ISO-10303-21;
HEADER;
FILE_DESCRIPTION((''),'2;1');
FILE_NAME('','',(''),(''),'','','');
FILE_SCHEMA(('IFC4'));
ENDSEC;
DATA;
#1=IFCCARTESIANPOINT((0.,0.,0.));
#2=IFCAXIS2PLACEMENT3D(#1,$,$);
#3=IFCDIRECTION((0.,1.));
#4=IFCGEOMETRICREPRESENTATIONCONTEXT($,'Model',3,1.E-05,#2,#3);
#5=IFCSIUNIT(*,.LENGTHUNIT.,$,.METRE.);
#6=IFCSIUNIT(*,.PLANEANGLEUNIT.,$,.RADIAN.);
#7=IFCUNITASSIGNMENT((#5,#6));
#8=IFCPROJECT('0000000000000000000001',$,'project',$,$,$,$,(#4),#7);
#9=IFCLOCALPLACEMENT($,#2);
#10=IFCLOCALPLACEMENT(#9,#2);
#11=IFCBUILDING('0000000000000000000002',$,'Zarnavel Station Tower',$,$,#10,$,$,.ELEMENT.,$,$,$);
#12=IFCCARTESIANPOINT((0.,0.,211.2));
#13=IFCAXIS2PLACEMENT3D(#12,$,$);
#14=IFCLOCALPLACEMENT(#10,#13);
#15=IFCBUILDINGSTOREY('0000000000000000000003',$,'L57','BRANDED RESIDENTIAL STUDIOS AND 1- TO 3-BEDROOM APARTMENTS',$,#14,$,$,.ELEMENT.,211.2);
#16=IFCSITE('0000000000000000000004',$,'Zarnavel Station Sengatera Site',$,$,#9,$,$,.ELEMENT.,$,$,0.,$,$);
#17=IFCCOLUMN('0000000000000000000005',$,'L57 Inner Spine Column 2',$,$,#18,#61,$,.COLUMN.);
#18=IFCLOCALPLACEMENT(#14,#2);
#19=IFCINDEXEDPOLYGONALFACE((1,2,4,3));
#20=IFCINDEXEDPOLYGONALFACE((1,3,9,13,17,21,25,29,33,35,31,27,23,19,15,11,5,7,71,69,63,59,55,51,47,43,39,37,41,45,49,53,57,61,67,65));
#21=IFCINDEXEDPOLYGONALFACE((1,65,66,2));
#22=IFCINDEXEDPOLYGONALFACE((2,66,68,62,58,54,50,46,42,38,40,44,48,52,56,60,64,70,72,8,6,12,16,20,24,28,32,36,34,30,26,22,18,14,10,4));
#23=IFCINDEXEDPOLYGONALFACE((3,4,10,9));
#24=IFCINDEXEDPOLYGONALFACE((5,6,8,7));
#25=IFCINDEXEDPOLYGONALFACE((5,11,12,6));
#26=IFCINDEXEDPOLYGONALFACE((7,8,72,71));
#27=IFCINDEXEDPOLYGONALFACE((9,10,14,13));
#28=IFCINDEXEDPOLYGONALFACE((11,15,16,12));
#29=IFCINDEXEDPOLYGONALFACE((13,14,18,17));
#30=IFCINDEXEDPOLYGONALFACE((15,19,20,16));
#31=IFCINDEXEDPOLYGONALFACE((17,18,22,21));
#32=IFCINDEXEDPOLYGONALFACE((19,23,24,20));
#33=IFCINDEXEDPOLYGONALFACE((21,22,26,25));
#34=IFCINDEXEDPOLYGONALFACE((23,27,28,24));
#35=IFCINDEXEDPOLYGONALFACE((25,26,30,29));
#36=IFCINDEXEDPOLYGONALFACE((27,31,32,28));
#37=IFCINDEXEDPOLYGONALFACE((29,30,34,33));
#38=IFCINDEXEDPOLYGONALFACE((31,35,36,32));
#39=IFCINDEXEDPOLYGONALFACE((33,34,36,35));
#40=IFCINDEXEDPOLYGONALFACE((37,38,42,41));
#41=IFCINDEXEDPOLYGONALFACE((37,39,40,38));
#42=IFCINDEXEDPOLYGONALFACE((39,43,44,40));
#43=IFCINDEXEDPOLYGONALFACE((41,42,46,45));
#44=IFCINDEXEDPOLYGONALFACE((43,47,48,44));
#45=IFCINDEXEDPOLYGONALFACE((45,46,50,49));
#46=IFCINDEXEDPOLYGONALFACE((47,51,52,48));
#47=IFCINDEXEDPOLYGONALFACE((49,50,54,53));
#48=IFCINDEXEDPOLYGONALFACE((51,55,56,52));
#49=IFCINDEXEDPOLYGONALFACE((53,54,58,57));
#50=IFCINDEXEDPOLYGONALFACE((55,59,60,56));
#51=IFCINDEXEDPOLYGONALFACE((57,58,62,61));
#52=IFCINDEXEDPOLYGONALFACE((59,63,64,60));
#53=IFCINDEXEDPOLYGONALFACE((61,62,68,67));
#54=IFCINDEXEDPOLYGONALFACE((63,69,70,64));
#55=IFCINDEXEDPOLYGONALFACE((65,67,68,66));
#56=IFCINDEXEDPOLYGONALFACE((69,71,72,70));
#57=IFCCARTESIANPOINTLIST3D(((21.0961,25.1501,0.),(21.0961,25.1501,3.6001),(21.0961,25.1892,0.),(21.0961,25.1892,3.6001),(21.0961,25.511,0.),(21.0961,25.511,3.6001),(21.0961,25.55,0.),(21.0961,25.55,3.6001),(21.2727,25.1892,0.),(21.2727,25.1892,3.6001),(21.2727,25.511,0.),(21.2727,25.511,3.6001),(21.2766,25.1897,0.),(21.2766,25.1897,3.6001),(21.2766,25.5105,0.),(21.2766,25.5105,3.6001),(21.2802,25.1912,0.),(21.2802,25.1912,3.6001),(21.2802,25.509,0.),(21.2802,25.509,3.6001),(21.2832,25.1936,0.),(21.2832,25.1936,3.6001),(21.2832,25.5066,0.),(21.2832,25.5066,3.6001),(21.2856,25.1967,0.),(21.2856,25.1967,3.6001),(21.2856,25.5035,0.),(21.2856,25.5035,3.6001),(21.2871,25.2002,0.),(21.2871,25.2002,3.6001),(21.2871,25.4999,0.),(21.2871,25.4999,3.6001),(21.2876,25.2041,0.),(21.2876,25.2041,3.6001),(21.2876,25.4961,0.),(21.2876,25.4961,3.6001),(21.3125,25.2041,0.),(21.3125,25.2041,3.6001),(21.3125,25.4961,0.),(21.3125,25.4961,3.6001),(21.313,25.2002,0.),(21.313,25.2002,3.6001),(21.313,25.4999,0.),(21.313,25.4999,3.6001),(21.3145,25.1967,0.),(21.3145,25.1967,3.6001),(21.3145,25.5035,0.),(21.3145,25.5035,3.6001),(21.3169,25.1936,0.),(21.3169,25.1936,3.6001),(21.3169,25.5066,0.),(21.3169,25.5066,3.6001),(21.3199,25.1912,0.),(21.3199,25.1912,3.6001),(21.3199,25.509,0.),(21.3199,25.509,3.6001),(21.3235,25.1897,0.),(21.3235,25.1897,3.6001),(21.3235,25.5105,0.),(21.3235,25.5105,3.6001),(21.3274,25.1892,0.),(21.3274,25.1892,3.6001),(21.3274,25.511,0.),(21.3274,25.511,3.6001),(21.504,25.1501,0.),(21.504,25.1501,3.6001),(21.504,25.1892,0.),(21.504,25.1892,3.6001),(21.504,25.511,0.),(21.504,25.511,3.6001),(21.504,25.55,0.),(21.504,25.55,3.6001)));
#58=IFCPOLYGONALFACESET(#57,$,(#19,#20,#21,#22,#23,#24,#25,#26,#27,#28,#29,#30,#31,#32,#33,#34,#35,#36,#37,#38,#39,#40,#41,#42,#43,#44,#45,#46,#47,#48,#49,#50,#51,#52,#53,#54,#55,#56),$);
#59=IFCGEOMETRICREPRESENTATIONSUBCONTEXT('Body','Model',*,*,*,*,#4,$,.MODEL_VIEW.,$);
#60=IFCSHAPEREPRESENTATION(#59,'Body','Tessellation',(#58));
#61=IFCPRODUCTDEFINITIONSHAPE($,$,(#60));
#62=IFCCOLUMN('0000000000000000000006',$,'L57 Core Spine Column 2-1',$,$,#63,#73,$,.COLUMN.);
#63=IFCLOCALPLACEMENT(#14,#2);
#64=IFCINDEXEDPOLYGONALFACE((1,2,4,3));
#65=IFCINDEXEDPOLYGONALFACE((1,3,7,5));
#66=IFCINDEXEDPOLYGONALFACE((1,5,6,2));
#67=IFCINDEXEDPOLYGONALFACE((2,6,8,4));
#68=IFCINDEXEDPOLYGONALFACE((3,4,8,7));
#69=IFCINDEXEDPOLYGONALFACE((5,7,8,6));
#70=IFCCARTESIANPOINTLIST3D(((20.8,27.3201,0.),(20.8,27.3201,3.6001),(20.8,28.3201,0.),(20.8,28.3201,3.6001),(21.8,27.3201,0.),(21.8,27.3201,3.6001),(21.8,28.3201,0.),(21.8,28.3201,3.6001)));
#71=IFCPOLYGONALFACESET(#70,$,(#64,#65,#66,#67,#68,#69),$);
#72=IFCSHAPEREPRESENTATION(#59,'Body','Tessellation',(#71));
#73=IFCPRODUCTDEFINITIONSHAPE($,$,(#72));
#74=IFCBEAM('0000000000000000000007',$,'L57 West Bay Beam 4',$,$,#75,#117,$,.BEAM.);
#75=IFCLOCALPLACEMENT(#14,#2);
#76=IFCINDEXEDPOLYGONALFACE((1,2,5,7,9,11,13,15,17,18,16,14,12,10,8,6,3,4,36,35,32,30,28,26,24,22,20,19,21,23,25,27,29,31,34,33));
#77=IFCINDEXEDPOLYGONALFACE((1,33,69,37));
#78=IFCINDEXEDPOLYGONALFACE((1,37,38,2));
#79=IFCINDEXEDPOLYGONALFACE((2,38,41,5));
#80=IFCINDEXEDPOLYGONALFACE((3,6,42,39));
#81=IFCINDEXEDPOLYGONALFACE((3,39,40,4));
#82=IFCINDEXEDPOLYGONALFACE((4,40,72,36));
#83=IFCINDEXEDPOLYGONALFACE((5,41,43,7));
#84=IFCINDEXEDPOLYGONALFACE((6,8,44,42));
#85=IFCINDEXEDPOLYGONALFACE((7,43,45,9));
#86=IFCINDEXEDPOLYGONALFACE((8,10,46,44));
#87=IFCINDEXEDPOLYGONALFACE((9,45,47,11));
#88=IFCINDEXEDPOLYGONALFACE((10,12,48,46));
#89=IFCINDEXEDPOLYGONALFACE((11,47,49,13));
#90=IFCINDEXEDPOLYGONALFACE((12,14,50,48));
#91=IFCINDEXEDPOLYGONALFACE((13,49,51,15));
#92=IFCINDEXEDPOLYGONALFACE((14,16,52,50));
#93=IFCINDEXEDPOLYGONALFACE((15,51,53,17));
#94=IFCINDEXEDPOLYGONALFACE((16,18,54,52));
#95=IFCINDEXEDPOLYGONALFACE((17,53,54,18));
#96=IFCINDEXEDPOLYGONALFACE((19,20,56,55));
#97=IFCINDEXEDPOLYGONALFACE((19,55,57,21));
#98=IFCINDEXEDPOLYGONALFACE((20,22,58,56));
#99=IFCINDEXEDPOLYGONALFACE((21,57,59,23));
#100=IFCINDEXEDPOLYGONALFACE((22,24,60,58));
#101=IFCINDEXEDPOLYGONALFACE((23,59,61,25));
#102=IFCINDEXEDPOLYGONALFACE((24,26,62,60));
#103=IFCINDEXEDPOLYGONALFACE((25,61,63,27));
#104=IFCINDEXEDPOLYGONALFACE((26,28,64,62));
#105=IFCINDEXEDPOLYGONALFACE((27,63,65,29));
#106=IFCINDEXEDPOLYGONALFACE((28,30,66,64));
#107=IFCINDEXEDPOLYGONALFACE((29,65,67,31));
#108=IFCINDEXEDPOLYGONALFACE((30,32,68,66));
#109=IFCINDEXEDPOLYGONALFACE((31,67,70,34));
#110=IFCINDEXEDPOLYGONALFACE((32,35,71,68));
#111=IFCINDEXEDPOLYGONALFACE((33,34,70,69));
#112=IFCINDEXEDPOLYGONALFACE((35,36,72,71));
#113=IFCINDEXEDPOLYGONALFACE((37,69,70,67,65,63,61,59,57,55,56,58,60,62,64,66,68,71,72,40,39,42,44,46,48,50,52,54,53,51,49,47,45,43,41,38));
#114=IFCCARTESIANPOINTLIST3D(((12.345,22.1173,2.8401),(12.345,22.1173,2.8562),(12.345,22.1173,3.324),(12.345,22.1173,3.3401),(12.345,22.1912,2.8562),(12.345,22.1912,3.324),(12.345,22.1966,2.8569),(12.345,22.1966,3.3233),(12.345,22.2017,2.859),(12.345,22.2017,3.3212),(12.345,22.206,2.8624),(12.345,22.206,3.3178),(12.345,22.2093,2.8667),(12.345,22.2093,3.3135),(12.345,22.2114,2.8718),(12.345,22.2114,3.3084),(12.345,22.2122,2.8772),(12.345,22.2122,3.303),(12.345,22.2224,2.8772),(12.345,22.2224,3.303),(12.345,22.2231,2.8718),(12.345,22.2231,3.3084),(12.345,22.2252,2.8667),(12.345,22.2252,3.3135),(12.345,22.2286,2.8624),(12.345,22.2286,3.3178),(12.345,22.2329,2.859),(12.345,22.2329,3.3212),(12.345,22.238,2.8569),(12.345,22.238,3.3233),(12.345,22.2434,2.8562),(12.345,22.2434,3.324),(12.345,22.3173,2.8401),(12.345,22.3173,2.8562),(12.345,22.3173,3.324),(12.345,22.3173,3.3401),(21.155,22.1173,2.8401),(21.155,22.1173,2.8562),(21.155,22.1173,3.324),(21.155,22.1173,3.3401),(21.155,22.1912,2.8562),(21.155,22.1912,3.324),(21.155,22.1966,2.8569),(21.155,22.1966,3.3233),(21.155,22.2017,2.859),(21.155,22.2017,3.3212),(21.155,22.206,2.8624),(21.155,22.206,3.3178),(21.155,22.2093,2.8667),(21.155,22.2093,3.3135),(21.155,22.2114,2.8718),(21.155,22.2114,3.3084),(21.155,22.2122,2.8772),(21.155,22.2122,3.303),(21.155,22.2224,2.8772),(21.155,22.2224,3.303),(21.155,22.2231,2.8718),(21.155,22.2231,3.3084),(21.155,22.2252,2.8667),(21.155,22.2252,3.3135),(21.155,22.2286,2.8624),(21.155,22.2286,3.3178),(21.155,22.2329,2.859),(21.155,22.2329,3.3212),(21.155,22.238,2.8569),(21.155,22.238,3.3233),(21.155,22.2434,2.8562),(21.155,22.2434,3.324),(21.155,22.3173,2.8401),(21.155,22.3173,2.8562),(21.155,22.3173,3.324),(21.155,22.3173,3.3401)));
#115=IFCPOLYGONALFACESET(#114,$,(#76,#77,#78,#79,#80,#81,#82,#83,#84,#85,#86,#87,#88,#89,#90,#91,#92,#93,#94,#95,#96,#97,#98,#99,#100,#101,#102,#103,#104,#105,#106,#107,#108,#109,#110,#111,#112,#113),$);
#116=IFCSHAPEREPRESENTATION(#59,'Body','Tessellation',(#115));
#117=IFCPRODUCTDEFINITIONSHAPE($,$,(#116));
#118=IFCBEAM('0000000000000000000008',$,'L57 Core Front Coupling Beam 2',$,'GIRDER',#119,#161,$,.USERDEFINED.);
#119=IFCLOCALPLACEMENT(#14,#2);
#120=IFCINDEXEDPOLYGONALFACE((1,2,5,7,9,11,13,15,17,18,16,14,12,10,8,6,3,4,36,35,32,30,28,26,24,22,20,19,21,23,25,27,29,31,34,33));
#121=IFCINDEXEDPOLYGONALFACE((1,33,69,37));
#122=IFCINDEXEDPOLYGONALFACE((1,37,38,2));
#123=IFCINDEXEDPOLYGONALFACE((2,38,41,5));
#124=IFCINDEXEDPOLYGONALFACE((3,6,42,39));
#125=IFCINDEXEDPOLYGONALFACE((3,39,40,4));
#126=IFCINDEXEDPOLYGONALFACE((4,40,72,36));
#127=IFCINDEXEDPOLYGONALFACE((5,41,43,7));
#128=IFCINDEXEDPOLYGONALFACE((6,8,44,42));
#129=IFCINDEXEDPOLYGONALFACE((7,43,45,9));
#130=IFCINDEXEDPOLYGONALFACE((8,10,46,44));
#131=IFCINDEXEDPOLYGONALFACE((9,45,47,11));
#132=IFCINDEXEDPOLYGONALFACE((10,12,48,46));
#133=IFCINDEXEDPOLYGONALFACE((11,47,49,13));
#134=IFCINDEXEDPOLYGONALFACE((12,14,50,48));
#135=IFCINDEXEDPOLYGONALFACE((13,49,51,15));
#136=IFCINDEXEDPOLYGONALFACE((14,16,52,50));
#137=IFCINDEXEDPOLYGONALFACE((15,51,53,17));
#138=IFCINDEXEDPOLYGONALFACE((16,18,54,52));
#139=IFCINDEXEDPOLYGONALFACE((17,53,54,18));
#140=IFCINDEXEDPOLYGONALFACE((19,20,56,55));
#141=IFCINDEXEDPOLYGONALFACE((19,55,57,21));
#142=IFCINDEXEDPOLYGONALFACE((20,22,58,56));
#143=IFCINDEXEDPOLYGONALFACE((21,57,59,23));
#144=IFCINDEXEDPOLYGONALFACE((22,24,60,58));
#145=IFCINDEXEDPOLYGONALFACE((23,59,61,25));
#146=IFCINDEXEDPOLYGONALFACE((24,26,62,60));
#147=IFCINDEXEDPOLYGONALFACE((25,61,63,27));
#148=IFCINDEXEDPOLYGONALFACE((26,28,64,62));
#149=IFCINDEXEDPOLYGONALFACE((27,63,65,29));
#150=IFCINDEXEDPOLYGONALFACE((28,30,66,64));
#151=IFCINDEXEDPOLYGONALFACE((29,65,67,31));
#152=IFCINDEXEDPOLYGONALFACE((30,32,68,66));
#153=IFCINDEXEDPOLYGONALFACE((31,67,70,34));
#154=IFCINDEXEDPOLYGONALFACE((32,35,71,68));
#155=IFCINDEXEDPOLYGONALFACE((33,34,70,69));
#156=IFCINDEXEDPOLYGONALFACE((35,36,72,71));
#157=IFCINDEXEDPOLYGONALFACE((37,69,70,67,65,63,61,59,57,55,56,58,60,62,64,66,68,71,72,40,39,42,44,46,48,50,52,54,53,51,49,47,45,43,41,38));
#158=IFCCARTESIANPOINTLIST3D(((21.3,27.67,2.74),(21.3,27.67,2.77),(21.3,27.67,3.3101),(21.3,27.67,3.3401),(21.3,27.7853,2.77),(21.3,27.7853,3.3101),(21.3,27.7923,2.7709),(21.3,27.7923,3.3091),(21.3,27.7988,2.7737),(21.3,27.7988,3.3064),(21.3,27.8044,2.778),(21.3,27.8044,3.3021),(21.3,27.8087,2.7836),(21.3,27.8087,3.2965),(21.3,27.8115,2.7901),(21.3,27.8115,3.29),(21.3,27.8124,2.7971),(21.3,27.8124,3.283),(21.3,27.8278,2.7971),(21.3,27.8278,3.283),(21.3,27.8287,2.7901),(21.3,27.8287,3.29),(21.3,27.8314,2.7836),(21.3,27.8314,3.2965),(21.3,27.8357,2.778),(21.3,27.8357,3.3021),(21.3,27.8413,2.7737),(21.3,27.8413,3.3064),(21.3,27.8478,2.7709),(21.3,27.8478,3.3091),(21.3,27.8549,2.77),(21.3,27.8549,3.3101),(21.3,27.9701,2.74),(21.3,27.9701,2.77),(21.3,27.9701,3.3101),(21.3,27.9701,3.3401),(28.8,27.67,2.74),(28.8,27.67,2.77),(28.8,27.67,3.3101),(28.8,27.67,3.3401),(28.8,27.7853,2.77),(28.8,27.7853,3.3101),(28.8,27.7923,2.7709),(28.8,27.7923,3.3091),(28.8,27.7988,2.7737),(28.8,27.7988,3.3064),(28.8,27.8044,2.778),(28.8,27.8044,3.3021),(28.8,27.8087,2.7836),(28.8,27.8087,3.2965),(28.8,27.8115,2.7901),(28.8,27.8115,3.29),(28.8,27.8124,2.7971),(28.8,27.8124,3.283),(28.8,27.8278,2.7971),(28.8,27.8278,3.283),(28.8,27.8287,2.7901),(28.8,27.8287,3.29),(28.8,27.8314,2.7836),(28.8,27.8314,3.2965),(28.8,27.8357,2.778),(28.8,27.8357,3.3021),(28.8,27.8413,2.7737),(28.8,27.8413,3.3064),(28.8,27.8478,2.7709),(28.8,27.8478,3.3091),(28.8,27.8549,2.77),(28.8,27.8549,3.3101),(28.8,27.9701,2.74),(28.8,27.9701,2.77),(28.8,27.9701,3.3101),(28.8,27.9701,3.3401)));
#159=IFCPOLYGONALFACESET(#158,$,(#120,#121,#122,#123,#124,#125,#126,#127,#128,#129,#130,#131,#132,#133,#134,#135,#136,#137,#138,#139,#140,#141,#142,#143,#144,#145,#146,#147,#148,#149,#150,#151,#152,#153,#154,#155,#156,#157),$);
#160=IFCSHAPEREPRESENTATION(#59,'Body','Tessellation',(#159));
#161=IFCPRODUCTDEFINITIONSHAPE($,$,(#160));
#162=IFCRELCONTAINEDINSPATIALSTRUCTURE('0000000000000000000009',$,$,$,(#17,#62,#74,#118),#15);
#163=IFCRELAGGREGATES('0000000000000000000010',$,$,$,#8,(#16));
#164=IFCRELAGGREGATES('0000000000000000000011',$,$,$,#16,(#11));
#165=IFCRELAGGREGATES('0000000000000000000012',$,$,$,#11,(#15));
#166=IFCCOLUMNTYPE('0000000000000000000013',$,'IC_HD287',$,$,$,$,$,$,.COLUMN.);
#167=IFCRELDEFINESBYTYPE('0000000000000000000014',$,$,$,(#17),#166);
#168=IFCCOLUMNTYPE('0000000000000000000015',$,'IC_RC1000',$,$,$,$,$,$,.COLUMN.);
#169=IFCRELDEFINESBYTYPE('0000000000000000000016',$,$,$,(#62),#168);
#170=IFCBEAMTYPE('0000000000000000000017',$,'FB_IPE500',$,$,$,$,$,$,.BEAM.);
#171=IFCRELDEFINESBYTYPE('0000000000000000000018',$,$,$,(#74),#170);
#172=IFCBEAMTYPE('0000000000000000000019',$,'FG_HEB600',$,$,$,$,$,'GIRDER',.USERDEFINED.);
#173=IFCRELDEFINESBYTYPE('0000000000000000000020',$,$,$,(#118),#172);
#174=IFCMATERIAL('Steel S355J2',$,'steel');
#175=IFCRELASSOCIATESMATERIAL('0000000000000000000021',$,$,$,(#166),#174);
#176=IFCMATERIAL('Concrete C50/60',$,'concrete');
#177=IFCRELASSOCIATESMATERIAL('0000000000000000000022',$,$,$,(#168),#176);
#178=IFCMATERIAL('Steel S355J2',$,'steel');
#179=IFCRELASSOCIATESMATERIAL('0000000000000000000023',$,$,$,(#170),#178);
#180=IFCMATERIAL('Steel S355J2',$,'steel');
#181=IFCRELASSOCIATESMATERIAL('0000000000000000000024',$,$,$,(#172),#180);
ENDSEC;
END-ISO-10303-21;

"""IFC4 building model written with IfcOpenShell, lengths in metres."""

from ifc_helpers import new_model, si_unit, direction, frame, origin, origin_2d, place, context, subcontext, project, spatial, rectangle, i_section, extrude, material, material_profile, profile_set, type_object, element, save


model = new_model("IFC4")

# Units and contexts
model_context = context("Model", 3, precision=1e-05, world=origin(), true_north=direction((0.0, 1.0)))
body_context = subcontext(model_context, "Body", "Model", "MODEL_VIEW")
ifc_project = project(units=[si_unit("LENGTHUNIT", "METRE"), si_unit("PLANEANGLEUNIT", "RADIAN")], contexts=[model_context])

# Site, building, storey
site_placement = place(None, origin())
site = spatial("IfcSite", under=ifc_project, at=site_placement, Name="Zarnavel Station Sengatera Site", CompositionType="ELEMENT", RefElevation=0.0)
building_placement = place(site_placement, origin())
building = spatial("IfcBuilding", under=site, at=building_placement, Name="Zarnavel Station Tower", CompositionType="ELEMENT")
storey_placement = place(building_placement, frame((0.0, 0.0, 211.2)))
storey = spatial("IfcBuildingStorey", under=building, at=storey_placement, Name="L57", Description="BRANDED RESIDENTIAL STUDIOS AND 1- TO 3-BEDROOM APARTMENTS", CompositionType="ELEMENT", Elevation=211.2)

# Columns
ifc_material_1 = material(Name="Steel S355J2", Category="steel")
ifc_material_profile_1 = material_profile(ifc_material_1, i_section(OverallWidth=0.408, OverallDepth=0.3999, WebThickness=0.0249, FlangeThickness=0.0391, FilletRadius=0.0149, at=origin_2d()), Name="HD400x287")
ifc_profile_set_1 = profile_set([ifc_material_profile_1], Name="Steel S355J2")
column_type_1 = type_object("IfcColumnType", Name="IC_HD287", PredefinedType="COLUMN", material=ifc_profile_set_1)
column_1_placement = place(storey_placement, frame((21.3, 25.3501, 0.0), z_axis=(0.0, 0.0, 1.0), x_axis=(1.0, 0.0, 0.0)))
element("IfcColumn", 1, at=column_1_placement, inside=storey, type_object=column_type_1, Name="L57 Inner Spine Column 2", PredefinedType="COLUMN", context=body_context, shape_type="SweptSolid", body=[
    extrude(i_section(OverallWidth=0.408, OverallDepth=0.3999, WebThickness=0.0249, FlangeThickness=0.0391, FilletRadius=0.0149, at=origin_2d()), origin(), (0.0, 0.0, 1.0), 3.6001),
])
ifc_material_2 = material(Name="Concrete C50/60", Category="concrete")
ifc_material_profile_2 = material_profile(ifc_material_2, rectangle(XDim=1.0, YDim=1.0, at=origin_2d()), Name="RC1000x1000")
ifc_profile_set_2 = profile_set([ifc_material_profile_2], Name="Concrete C50/60")
column_type_2 = type_object("IfcColumnType", Name="IC_RC1000", PredefinedType="COLUMN", material=ifc_profile_set_2)
column_2_placement = place(storey_placement, frame((21.3, 27.8201, 0.0), z_axis=(0.0, 0.0, 1.0), x_axis=(1.0, 0.0, 0.0)))
element("IfcColumn", 2, at=column_2_placement, inside=storey, type_object=column_type_2, Name="L57 Core Spine Column 2-1", PredefinedType="COLUMN", context=body_context, shape_type="SweptSolid", body=[
    extrude(rectangle(XDim=1.0, YDim=1.0, at=origin_2d()), origin(), (0.0, 0.0, 1.0), 3.6001),
])

# Beams
ifc_material_3 = material(Name="Steel S355J2", Category="steel")
ifc_material_profile_3 = material_profile(ifc_material_3, i_section(OverallWidth=0.2, OverallDepth=0.5, WebThickness=0.0103, FlangeThickness=0.0161, FilletRadius=0.021, at=origin_2d()), Name="IPE500")
ifc_profile_set_3 = profile_set([ifc_material_profile_3], Name="Steel S355J2")
beam_type_1 = type_object("IfcBeamType", Name="FB_IPE500", PredefinedType="BEAM", material=ifc_profile_set_3)
beam_1_placement = place(storey_placement, frame((12.345, 22.2173, 3.0901), z_axis=(1.0, 0.0, 0.0), x_axis=(0.0, 1.0, 0.0)))
element("IfcBeam", 3, at=beam_1_placement, inside=storey, type_object=beam_type_1, Name="L57 West Bay Beam 4", PredefinedType="BEAM", context=body_context, shape_type="SweptSolid", body=[
    extrude(i_section(OverallWidth=0.2, OverallDepth=0.5, WebThickness=0.0103, FlangeThickness=0.0161, FilletRadius=0.021, at=origin_2d()), origin(), (0.0, 0.0, 1.0), 8.8101),
])
ifc_material_4 = material(Name="Steel S355J2", Category="steel")
ifc_material_profile_4 = material_profile(ifc_material_4, i_section(OverallWidth=0.3, OverallDepth=0.6001, WebThickness=0.0154, FlangeThickness=0.03, FilletRadius=0.0271, at=origin_2d()), Name="HEB600")
ifc_profile_set_4 = profile_set([ifc_material_profile_4], Name="Steel S355J2")
beam_type_2 = type_object("IfcBeamType", Name="FG_HEB600", ElementType="GIRDER", PredefinedType="USERDEFINED", material=ifc_profile_set_4)
beam_2_placement = place(storey_placement, frame((21.3, 27.8201, 3.04), z_axis=(1.0, 0.0, 0.0), x_axis=(0.0, 1.0, 0.0)))
element("IfcBeam", 4, at=beam_2_placement, inside=storey, type_object=beam_type_2, Name="L57 Core Front Coupling Beam 2", ObjectType="GIRDER", PredefinedType="USERDEFINED", context=body_context, shape_type="SweptSolid", body=[
    extrude(i_section(OverallWidth=0.3, OverallDepth=0.6001, WebThickness=0.0154, FlangeThickness=0.03, FilletRadius=0.0271, at=origin_2d()), origin(), (0.0, 0.0, 1.0), 7.5),
])

save(model, "model.ifc")
